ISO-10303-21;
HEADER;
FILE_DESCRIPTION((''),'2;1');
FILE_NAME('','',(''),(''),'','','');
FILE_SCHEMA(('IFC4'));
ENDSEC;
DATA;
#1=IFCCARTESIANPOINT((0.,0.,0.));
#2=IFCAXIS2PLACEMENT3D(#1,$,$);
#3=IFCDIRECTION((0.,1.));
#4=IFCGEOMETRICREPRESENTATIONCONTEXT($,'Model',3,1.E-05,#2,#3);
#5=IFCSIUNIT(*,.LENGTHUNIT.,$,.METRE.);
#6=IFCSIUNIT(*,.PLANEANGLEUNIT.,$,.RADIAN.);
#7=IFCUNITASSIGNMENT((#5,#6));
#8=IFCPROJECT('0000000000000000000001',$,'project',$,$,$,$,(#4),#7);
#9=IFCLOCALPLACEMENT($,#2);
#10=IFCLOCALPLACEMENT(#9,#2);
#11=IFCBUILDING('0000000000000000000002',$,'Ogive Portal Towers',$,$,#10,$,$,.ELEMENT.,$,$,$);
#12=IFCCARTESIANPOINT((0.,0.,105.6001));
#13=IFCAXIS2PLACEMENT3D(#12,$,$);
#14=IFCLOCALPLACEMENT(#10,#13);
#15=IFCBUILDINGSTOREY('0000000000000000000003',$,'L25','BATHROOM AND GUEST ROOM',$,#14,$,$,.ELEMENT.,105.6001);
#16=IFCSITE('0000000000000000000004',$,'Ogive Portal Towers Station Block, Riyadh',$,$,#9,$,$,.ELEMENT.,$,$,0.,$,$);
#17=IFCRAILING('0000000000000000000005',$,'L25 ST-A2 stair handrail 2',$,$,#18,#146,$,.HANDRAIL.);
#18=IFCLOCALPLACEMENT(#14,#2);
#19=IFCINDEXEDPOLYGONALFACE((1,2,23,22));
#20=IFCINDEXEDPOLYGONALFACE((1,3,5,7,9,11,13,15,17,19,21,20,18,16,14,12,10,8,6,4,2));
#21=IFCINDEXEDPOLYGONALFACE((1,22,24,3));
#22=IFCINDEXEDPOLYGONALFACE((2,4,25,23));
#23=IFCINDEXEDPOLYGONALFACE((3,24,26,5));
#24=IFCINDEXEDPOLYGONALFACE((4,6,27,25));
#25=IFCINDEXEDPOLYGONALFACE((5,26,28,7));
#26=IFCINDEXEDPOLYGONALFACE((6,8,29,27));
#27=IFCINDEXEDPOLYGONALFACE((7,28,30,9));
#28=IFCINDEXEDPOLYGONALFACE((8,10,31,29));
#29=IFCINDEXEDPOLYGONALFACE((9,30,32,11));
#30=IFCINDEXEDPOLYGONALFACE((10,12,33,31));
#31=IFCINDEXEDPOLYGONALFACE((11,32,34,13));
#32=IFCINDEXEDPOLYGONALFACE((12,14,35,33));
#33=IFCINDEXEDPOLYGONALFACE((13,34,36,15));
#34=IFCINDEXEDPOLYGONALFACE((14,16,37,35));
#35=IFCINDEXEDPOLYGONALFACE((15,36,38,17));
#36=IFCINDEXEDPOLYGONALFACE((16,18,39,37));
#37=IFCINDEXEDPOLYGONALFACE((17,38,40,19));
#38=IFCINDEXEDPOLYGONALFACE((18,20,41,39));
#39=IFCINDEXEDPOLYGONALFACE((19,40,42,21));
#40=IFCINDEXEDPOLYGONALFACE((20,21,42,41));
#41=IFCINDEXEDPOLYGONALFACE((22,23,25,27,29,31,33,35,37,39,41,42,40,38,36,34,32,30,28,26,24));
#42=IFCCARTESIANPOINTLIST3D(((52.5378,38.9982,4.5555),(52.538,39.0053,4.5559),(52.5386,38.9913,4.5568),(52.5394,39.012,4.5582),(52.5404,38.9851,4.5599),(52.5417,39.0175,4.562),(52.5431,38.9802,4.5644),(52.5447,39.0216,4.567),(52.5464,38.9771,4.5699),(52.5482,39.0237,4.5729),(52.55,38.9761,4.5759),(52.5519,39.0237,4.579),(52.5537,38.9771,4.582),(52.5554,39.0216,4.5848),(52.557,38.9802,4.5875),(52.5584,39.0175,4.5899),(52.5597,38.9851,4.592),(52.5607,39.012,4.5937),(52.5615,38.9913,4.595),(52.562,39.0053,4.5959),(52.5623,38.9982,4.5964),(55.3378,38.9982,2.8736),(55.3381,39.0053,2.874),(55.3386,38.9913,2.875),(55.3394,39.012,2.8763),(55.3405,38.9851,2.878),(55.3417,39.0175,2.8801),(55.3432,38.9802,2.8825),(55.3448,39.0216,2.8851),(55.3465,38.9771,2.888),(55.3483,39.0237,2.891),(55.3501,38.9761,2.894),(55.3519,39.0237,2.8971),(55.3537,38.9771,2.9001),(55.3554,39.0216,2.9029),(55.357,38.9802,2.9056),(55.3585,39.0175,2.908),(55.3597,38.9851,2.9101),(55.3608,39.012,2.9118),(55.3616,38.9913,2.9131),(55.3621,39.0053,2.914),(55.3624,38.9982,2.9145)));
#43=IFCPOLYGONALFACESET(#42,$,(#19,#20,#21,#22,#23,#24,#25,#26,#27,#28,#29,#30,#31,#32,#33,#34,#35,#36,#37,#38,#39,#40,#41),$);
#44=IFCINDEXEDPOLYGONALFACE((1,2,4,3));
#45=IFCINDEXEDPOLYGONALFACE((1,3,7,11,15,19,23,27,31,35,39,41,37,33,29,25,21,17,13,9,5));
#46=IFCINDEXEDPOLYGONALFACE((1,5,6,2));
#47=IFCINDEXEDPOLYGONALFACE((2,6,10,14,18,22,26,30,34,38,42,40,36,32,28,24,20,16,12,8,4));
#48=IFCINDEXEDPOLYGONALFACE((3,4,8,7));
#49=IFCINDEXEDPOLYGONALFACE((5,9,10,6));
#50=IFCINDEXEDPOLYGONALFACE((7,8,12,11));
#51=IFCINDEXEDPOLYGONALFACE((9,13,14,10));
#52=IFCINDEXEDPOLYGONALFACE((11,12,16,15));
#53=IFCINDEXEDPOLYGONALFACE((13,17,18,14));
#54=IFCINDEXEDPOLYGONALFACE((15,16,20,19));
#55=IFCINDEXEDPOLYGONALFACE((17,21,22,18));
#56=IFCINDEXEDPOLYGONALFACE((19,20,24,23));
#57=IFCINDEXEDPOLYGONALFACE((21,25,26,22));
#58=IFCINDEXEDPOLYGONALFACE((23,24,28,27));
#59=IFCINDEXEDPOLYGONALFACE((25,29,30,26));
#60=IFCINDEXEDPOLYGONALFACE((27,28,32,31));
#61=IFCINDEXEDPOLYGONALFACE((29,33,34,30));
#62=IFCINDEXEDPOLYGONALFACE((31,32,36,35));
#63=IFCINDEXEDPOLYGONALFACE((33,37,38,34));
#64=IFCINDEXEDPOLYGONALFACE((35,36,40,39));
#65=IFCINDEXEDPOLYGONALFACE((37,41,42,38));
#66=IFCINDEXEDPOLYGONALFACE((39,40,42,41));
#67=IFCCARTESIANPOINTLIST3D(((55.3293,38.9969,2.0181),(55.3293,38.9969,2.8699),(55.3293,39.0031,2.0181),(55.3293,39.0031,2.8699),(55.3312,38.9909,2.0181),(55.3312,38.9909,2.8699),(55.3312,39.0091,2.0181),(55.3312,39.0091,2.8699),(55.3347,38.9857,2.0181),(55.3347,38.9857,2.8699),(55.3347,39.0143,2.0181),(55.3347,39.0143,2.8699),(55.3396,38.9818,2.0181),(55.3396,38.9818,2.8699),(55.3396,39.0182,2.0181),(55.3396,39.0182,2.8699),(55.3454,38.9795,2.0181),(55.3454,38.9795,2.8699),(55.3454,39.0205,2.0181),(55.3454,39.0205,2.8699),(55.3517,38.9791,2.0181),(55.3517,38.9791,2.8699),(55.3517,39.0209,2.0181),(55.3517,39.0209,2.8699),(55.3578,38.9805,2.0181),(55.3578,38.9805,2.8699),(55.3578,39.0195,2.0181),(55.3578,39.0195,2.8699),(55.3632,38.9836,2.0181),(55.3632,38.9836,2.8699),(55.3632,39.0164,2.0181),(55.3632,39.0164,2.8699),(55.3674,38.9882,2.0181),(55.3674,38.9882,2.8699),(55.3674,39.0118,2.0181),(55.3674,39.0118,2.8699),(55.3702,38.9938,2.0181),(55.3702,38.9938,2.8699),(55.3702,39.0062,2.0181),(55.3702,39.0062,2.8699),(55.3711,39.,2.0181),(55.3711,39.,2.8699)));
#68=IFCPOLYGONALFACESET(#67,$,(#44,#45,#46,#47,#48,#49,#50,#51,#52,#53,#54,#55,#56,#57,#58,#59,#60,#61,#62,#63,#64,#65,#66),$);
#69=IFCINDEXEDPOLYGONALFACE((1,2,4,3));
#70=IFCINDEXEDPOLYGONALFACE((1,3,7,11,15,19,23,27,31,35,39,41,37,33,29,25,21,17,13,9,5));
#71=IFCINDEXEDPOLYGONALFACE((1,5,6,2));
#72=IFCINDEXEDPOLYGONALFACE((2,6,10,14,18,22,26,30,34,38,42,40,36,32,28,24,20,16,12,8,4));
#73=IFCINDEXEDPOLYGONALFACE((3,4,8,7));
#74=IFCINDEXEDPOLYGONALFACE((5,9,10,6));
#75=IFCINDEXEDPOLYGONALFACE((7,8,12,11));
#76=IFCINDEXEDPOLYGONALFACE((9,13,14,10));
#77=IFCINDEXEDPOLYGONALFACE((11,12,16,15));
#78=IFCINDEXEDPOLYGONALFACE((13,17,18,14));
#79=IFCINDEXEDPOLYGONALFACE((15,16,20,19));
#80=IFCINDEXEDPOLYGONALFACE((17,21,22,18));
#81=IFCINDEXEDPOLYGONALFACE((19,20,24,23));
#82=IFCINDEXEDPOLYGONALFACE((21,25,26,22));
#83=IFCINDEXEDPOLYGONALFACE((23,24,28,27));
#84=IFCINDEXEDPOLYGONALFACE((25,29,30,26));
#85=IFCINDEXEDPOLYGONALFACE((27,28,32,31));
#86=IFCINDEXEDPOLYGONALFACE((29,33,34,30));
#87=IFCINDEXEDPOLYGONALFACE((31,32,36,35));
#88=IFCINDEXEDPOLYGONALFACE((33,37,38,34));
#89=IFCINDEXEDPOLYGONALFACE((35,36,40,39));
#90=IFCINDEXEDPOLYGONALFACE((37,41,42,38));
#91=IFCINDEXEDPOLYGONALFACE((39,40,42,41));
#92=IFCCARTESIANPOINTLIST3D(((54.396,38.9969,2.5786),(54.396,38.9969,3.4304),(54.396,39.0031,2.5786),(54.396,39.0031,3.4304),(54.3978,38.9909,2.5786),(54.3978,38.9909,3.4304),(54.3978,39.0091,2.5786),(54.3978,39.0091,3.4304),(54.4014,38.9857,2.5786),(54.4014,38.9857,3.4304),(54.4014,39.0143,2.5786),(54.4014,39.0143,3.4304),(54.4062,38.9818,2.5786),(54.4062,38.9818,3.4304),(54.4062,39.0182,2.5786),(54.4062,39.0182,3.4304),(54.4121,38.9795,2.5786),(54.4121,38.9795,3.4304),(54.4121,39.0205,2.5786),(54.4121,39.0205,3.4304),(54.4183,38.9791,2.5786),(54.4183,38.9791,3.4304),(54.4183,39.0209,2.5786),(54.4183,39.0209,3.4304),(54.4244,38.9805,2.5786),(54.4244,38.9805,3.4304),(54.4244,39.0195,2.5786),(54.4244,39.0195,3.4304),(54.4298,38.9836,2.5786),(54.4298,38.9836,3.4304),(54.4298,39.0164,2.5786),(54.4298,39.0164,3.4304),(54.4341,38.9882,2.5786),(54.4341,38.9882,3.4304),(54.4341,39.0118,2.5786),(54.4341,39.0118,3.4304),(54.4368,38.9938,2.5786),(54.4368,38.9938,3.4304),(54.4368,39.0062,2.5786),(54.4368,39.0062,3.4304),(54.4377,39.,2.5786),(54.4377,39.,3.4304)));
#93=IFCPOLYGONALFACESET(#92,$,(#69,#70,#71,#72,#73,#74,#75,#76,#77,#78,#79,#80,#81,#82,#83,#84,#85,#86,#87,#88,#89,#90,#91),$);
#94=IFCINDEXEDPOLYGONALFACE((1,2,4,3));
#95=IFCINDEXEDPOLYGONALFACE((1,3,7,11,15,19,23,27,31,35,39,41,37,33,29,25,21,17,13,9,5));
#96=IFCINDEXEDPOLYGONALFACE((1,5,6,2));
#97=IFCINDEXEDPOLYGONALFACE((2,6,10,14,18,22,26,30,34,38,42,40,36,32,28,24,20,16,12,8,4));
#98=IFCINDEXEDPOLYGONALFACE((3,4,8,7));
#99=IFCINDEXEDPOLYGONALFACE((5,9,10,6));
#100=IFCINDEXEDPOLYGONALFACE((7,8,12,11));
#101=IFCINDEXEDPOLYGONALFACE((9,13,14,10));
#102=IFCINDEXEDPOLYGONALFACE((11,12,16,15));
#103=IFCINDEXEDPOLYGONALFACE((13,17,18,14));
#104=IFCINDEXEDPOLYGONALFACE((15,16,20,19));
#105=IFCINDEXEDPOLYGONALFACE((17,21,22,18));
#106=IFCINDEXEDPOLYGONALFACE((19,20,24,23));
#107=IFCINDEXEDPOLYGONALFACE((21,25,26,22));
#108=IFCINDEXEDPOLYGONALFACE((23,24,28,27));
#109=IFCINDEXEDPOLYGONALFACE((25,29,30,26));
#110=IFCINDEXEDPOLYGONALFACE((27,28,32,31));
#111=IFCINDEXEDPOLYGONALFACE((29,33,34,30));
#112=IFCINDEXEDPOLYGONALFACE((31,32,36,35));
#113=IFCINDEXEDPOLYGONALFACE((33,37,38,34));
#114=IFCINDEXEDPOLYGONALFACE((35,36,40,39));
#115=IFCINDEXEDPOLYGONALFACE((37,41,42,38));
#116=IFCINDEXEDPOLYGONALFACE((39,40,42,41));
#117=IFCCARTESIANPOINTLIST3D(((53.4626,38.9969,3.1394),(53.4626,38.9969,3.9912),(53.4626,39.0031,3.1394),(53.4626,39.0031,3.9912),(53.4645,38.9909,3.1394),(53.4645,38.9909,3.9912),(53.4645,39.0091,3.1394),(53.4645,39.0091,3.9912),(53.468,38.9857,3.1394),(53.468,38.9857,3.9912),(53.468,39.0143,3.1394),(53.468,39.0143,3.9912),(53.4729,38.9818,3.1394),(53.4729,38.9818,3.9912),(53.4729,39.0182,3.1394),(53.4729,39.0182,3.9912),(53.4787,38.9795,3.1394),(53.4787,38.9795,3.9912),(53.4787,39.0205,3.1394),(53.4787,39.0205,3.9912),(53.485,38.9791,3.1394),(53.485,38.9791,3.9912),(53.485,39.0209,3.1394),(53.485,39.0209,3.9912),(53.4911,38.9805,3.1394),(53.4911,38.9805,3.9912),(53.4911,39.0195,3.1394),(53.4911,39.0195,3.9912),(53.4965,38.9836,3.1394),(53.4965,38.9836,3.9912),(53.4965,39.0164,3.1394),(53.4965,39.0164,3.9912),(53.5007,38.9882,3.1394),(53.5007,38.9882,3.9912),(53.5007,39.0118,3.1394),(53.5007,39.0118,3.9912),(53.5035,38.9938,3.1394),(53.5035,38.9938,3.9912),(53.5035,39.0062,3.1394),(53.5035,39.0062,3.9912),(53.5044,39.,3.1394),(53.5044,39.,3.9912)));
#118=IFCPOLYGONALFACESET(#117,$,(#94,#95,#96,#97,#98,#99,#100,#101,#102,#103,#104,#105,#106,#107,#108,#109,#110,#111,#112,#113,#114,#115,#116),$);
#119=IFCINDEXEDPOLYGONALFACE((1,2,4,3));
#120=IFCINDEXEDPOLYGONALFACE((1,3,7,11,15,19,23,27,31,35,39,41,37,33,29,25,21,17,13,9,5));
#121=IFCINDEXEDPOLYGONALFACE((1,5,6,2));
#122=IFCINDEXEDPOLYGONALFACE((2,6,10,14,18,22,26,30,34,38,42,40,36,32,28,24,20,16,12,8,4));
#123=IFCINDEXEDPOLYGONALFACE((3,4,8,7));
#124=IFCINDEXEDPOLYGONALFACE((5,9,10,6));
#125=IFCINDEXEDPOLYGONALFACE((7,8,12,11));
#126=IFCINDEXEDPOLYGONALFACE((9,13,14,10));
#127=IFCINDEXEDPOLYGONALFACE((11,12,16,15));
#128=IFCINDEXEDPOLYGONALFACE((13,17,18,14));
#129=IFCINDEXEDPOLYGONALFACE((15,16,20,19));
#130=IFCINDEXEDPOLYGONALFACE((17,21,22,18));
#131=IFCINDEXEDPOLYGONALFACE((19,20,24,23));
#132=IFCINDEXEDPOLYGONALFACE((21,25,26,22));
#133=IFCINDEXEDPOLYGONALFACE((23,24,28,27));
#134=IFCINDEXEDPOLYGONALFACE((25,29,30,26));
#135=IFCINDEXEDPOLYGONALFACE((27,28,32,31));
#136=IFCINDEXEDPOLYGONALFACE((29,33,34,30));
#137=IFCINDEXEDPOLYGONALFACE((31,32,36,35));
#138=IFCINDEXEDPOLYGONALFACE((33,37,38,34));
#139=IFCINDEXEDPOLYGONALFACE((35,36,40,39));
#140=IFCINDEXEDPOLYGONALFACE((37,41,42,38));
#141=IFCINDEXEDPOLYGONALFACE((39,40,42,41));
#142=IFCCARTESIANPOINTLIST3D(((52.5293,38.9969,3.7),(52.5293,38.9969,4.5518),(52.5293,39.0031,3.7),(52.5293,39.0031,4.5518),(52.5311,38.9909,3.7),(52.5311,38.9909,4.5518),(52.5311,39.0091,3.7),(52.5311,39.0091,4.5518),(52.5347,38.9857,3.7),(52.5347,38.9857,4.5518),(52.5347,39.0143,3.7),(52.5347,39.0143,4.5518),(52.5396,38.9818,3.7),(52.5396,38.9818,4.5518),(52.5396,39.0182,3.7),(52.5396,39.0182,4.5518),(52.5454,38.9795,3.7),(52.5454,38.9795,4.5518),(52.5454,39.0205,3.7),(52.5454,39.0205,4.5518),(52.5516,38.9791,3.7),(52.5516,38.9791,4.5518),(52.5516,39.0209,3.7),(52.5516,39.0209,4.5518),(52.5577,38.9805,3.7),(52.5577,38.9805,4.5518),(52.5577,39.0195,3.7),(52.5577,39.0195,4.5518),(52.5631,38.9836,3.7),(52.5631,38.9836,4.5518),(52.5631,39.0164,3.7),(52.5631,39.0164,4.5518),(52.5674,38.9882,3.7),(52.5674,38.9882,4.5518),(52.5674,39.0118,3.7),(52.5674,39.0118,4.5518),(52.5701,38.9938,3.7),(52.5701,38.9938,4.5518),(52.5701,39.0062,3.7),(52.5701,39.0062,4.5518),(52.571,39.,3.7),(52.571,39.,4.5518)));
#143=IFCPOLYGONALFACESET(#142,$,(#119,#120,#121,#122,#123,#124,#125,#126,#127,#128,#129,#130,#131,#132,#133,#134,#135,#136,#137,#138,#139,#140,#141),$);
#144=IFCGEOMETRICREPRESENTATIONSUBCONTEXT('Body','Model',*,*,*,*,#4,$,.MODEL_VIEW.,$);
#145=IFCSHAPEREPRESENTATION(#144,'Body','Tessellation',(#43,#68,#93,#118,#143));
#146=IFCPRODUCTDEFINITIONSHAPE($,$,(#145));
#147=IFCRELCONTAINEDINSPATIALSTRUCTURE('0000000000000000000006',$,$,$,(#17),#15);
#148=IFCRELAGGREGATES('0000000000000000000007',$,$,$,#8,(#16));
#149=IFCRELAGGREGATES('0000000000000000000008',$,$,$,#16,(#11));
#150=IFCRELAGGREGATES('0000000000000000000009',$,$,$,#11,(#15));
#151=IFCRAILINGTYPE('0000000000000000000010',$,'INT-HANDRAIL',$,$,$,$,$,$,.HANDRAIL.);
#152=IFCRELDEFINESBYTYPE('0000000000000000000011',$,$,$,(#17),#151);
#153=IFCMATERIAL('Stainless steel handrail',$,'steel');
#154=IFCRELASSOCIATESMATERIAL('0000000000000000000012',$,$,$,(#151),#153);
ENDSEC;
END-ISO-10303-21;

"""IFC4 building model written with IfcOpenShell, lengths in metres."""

from ifc_helpers import new_model, si_unit, direction, frame, origin, origin_2d, place, context, subcontext, project, spatial, circle, extrude, material, type_object, element, save


model = new_model("IFC4")

# Units and contexts
model_context = context("Model", 3, precision=1e-05, world=origin(), true_north=direction((0.0, 1.0)))
body_context = subcontext(model_context, "Body", "Model", "MODEL_VIEW")
ifc_project = project(units=[si_unit("LENGTHUNIT", "METRE"), si_unit("PLANEANGLEUNIT", "RADIAN")], contexts=[model_context])

# Site, building, storey
site_placement = place(None, origin())
site = spatial("IfcSite", under=ifc_project, at=site_placement, Name="Ogive Portal Towers Station Block, Riyadh", CompositionType="ELEMENT", RefElevation=0.0)
building_placement = place(site_placement, origin())
building = spatial("IfcBuilding", under=site, at=building_placement, Name="Ogive Portal Towers", CompositionType="ELEMENT")
storey_placement = place(building_placement, frame((0.0, 0.0, 105.6001)))
storey = spatial("IfcBuildingStorey", under=building, at=storey_placement, Name="L25", Description="BATHROOM AND GUEST ROOM", CompositionType="ELEMENT", Elevation=105.6001)

# Railing
ifc_material_1 = material(Name="Stainless steel handrail", Category="steel")
railing_type_1 = type_object("IfcRailingType", Name="INT-HANDRAIL", PredefinedType="HANDRAIL", material=ifc_material_1)
railing_1_placement = place(storey_placement, frame((55.3501, 39.0, 2.0181)))
element("IfcRailing", 1, at=railing_1_placement, inside=storey, type_object=railing_type_1, Name="L25 ST-A2 stair handrail 2", PredefinedType="HANDRAIL", context=body_context, shape_type="SweptSolid", body=[
    extrude(circle(Radius=0.0239, at=origin_2d()), frame((0.0, 0.0, 0.876), z_axis=(-0.857242, 0.0, 0.514913), x_axis=(0.0, -1.0, 0.0)), (0.0, 0.0, 1.0), 3.2664),
    extrude(circle(Radius=0.021, at=origin_2d()), origin(), (0.0, 0.0, 1.0), 0.8518),
    extrude(circle(Radius=0.021, at=origin_2d()), frame((-0.9333, 0.0, 0.5605)), (0.0, 0.0, 1.0), 0.8518),
    extrude(circle(Radius=0.021, at=origin_2d()), frame((-1.8667, 0.0, 1.1213)), (0.0, 0.0, 1.0), 0.8518),
    extrude(circle(Radius=0.021, at=origin_2d()), frame((-2.8, 0.0, 1.6819)), (0.0, 0.0, 1.0), 0.8518),
])

save(model, "model.ifc")
